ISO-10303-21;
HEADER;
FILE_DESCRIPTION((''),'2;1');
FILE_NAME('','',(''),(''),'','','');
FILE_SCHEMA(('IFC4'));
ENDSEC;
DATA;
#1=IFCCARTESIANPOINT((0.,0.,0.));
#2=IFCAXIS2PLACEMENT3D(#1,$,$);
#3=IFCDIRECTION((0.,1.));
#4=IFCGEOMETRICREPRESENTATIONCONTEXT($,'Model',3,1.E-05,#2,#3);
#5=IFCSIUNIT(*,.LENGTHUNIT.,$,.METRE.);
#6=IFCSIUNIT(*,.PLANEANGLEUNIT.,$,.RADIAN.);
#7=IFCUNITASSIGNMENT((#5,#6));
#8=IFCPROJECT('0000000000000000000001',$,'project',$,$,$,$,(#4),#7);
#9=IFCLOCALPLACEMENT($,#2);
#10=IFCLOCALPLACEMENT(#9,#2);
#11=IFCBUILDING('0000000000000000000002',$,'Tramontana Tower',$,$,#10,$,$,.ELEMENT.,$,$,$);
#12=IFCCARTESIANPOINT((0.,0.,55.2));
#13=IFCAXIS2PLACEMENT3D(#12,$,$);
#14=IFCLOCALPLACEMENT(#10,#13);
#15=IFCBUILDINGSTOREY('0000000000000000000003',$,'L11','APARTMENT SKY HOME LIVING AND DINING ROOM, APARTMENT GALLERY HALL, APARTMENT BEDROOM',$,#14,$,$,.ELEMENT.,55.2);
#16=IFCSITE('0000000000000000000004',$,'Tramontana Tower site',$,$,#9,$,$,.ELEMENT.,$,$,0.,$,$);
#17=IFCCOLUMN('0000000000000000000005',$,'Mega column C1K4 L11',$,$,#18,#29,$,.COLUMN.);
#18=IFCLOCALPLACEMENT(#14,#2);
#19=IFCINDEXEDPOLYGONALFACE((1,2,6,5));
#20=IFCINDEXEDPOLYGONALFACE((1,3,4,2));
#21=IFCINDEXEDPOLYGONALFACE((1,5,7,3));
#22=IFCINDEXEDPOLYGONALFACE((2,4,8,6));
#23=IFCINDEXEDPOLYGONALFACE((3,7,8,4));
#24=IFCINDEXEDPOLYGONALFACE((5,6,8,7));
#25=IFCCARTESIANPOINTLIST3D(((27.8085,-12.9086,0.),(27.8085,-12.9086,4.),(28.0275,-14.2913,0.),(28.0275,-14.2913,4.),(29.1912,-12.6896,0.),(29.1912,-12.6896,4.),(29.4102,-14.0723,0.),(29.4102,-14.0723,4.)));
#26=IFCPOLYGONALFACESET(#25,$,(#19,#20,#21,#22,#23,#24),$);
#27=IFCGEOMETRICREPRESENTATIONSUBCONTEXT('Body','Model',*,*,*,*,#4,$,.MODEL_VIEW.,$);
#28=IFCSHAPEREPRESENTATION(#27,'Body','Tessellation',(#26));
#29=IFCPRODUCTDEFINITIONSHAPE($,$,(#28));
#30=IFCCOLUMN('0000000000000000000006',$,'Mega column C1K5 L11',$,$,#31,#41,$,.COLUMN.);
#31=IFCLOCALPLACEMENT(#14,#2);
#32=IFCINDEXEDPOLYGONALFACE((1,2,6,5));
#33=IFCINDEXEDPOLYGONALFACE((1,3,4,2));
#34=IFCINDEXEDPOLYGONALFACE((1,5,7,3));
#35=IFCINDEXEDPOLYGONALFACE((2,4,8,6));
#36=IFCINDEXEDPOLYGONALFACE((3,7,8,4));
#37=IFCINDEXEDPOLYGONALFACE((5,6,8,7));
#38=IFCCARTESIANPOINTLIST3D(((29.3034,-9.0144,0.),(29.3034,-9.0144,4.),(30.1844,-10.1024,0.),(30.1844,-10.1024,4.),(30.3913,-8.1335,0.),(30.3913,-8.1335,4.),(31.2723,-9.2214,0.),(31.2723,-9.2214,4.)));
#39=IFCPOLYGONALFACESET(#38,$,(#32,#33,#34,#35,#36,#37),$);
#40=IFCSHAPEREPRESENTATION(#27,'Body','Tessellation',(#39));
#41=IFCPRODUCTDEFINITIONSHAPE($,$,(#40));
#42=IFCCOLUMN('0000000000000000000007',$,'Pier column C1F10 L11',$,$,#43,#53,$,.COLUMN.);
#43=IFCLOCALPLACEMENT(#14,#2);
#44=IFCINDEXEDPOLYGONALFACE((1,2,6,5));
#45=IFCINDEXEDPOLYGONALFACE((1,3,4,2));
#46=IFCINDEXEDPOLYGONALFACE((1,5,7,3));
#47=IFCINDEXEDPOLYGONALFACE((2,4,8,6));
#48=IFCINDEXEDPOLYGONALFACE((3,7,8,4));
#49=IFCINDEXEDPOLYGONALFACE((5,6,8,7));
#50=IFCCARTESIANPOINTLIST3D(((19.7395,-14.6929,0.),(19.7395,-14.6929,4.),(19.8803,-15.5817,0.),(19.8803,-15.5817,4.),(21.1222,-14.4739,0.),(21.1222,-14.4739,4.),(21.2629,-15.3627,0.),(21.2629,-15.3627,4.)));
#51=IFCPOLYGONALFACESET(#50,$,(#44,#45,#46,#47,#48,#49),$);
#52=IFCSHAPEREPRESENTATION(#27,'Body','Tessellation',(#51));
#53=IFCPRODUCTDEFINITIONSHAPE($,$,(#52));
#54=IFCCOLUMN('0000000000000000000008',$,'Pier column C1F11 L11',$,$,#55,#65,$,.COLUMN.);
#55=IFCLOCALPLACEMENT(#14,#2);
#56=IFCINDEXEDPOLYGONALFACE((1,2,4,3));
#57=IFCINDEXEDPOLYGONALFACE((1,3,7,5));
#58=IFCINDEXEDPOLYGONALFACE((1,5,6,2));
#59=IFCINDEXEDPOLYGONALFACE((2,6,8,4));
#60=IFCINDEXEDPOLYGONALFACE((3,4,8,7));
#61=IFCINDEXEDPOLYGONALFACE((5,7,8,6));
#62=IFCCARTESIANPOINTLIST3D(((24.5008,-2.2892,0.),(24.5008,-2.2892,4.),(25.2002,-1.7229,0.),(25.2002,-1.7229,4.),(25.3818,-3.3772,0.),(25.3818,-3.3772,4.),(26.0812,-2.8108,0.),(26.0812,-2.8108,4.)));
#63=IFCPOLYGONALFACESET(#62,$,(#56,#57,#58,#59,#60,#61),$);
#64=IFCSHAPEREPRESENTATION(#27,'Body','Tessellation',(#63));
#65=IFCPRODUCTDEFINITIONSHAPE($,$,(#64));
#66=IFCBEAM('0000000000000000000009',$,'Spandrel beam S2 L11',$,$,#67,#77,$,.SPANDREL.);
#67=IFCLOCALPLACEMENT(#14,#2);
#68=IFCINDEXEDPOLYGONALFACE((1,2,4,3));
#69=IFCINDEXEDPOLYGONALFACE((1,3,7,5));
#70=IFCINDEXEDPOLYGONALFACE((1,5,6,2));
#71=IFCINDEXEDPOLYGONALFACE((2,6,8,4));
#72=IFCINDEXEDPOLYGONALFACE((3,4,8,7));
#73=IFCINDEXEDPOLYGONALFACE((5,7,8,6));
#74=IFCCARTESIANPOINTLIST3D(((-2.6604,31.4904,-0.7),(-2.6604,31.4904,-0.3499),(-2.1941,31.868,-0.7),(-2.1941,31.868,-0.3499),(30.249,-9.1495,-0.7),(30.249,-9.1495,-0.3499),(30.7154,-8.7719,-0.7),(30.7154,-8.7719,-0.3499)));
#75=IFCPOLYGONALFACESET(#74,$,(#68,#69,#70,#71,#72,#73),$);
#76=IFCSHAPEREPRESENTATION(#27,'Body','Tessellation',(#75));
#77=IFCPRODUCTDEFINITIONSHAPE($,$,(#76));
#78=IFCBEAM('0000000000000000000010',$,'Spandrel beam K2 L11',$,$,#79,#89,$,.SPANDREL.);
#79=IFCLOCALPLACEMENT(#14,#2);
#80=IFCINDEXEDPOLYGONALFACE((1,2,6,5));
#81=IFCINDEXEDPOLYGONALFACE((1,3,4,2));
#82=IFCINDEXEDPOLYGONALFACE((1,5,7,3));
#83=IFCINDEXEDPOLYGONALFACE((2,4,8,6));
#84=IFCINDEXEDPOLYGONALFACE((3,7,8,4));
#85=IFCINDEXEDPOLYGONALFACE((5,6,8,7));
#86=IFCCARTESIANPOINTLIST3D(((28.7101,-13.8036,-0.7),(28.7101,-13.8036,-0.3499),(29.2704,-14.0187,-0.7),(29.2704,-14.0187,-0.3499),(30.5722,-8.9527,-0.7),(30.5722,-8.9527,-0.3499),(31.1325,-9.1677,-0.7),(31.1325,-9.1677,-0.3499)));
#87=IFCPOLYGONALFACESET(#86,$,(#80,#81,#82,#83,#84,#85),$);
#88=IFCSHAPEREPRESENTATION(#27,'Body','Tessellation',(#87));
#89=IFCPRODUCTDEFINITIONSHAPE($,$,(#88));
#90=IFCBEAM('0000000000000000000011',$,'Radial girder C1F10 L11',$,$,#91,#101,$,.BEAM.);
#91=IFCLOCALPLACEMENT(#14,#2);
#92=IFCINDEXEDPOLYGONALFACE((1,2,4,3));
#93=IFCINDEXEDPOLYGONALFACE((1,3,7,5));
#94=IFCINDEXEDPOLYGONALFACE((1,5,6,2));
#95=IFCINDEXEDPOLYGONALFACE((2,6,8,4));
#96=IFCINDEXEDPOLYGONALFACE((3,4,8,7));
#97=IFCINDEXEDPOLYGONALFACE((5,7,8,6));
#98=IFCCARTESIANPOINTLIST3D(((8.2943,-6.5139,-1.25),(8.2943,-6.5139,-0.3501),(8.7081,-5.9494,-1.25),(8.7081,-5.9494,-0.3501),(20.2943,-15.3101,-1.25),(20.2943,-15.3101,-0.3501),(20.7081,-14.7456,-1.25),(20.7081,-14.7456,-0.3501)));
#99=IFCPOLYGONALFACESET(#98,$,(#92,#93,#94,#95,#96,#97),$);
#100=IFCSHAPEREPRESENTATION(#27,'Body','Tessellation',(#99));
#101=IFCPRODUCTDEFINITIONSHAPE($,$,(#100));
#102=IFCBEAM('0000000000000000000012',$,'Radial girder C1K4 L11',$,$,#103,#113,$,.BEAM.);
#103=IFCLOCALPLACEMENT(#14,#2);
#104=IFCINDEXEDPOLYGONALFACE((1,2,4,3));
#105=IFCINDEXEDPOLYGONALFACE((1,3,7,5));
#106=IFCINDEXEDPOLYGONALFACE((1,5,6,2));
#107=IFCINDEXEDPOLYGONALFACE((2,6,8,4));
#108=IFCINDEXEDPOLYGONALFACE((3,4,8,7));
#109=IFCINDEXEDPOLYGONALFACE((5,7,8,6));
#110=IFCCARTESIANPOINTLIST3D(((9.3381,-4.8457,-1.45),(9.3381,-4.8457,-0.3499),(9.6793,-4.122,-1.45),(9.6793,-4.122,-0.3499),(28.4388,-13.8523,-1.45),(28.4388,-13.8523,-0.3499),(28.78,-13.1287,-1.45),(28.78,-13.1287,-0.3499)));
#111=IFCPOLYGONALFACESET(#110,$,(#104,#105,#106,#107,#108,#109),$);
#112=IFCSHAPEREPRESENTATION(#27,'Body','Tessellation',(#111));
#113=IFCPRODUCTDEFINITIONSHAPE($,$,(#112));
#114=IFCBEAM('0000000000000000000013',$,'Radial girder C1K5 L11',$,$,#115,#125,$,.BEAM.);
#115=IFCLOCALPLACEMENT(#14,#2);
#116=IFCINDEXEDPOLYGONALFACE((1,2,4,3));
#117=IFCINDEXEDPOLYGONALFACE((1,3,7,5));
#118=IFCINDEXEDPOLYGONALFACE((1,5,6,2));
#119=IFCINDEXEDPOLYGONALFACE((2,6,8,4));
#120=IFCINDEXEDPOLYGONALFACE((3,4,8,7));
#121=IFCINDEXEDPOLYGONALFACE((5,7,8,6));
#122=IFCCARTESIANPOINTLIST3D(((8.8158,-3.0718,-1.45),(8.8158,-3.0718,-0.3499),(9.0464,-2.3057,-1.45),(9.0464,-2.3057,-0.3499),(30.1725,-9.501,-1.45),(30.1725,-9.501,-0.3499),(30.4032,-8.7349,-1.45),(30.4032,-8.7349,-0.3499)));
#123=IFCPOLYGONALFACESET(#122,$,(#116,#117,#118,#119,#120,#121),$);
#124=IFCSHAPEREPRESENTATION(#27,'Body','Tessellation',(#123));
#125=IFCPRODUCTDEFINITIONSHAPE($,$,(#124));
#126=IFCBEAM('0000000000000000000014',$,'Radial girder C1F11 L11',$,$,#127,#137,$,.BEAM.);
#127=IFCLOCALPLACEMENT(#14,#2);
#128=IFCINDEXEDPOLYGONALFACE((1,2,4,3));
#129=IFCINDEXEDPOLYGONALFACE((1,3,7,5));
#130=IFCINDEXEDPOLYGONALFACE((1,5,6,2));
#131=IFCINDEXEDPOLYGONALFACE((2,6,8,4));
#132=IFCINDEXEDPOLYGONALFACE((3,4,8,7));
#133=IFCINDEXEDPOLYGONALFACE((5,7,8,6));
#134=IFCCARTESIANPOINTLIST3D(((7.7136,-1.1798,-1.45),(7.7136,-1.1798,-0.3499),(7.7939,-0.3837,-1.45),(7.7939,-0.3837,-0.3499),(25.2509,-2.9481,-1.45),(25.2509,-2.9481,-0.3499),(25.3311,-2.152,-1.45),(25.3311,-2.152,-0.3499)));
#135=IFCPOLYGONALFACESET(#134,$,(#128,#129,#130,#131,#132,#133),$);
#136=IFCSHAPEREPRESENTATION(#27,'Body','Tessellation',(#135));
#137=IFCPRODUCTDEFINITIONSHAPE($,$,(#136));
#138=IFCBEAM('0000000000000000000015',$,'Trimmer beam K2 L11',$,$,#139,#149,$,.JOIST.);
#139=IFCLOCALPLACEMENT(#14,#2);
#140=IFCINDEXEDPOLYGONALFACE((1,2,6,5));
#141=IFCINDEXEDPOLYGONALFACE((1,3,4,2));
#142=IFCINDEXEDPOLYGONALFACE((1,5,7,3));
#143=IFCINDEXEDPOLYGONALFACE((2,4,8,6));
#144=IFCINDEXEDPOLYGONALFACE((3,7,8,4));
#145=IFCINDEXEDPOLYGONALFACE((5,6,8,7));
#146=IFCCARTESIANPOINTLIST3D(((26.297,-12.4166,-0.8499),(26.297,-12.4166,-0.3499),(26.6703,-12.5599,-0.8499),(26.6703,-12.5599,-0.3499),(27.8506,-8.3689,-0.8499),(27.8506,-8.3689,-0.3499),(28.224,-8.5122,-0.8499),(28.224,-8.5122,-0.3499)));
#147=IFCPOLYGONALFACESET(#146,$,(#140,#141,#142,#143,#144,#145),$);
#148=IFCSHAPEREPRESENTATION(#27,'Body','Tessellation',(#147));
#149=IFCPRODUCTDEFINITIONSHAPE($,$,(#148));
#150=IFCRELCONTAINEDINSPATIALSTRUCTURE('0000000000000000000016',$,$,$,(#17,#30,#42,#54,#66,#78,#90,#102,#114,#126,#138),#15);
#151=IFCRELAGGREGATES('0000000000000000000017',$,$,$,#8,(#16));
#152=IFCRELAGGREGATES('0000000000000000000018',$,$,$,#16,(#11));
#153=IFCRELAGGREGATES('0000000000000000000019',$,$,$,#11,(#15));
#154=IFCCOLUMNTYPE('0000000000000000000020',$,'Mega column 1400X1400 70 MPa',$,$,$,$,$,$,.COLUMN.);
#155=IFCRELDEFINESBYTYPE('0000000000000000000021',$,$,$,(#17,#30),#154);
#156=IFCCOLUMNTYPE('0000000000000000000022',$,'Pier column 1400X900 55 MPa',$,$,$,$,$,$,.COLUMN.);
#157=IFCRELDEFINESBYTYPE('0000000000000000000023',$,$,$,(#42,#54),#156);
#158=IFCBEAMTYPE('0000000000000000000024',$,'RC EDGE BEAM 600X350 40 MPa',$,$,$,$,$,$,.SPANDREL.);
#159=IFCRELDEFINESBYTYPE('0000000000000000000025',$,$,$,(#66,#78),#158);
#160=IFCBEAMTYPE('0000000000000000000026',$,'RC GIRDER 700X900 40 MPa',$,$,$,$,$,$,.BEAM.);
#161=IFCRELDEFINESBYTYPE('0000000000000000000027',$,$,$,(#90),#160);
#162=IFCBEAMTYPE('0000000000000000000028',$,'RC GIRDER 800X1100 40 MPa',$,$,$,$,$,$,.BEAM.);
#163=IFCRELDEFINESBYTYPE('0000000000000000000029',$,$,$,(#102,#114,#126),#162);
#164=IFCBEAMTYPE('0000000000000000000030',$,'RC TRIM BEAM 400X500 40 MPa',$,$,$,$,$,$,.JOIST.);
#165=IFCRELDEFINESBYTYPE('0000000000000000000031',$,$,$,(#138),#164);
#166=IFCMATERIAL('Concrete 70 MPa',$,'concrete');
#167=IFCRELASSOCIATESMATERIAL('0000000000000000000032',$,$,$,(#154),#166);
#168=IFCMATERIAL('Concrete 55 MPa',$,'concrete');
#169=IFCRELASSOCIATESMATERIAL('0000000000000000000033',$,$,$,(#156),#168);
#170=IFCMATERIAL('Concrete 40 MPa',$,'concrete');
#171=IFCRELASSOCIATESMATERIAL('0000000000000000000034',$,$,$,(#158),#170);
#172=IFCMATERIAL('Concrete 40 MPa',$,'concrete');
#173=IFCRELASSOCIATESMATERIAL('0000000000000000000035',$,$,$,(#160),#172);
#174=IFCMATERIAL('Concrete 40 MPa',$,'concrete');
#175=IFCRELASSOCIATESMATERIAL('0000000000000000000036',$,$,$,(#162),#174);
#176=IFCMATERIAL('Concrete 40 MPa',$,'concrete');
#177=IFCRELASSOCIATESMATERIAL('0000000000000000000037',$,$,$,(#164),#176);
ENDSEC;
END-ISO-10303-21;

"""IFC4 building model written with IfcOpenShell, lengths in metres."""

from ifc_helpers import new_model, si_unit, direction, frame, origin, origin_2d, place, context, subcontext, project, spatial, rectangle, extrude, material, material_profile, profile_set, type_object, element, save


model = new_model("IFC4")

# Units and contexts
model_context = context("Model", 3, precision=1e-05, world=origin(), true_north=direction((0.0, 1.0)))
body_context = subcontext(model_context, "Body", "Model", "MODEL_VIEW")
ifc_project = project(units=[si_unit("LENGTHUNIT", "METRE"), si_unit("PLANEANGLEUNIT", "RADIAN")], contexts=[model_context])

# Site, building, storey
site_placement = place(None, origin())
site = spatial("IfcSite", under=ifc_project, at=site_placement, Name="Tramontana Tower site", CompositionType="ELEMENT", RefElevation=0.0)
building_placement = place(site_placement, origin())
building = spatial("IfcBuilding", under=site, at=building_placement, Name="Tramontana Tower", CompositionType="ELEMENT")
storey_placement = place(building_placement, frame((0.0, 0.0, 55.2)))
storey = spatial("IfcBuildingStorey", under=building, at=storey_placement, Name="L11", Description="APARTMENT SKY HOME LIVING AND DINING ROOM, APARTMENT GALLERY HALL, APARTMENT BEDROOM", CompositionType="ELEMENT", Elevation=55.2)

# Columns
ifc_material_1 = material(Name="Concrete 70 MPa", Category="concrete")
ifc_material_profile_1 = material_profile(ifc_material_1, rectangle(XDim=1.3999, YDim=1.3999, at=origin_2d()), Name="Mega column 1400X1400 70 MPa")
ifc_profile_set_1 = profile_set([ifc_material_profile_1], Name="Concrete 70 MPa")
column_type_1 = type_object("IfcColumnType", Name="Mega column 1400X1400 70 MPa", PredefinedType="COLUMN", material=ifc_profile_set_1)
for number, where, z_axis, x_axis, name in (
    (1, (28.6094, -13.4905, 0.0), (0.0, 0.0, 1.0), (0.987688, 0.156434, 0.0), "Mega column C1K4 L11"),
    (2, (30.2878, -9.1179, 0.0), (0.0, 0.0, 1.0), (-0.62932, 0.777146, 0.0), "Mega column C1K5 L11"),
):
    element("IfcColumn", number, at=place(storey_placement, frame(where, z_axis=z_axis, x_axis=x_axis)), inside=storey, type_object=column_type_1, Name=name, PredefinedType="COLUMN", context=body_context, shape_type="SweptSolid", body=[
        extrude(rectangle(XDim=1.3999, YDim=1.3999, at=origin_2d()), origin(), (0.0, 0.0, 1.0), 4.0),
    ])
ifc_material_2 = material(Name="Concrete 55 MPa", Category="concrete")
ifc_material_profile_2 = material_profile(ifc_material_2, rectangle(XDim=1.3999, YDim=0.8999, at=origin_2d()), Name="Pier column 1400X900 55 MPa")
ifc_profile_set_2 = profile_set([ifc_material_profile_2], Name="Concrete 55 MPa")
column_type_2 = type_object("IfcColumnType", Name="Pier column 1400X900 55 MPa", PredefinedType="COLUMN", material=ifc_profile_set_2)
for number, where, z_axis, x_axis, name in (
    (3, (20.5012, -15.0278, 0.0), (0.0, 0.0, 1.0), (0.987688, 0.156434, 0.0), "Pier column C1F10 L11"),
    (4, (25.291, -2.55, 0.0), (0.0, 0.0, 1.0), (-0.62932, 0.777146, 0.0), "Pier column C1F11 L11"),
):
    element("IfcColumn", number, at=place(storey_placement, frame(where, z_axis=z_axis, x_axis=x_axis)), inside=storey, type_object=column_type_2, Name=name, PredefinedType="COLUMN", context=body_context, shape_type="SweptSolid", body=[
        extrude(rectangle(XDim=1.3999, YDim=0.8999, at=origin_2d()), origin(), (0.0, 0.0, 1.0), 4.0),
    ])

# Beams
ifc_material_3 = material(Name="Concrete 40 MPa", Category="concrete")
ifc_material_profile_3 = material_profile(ifc_material_3, rectangle(XDim=0.6001, YDim=0.3501, at=origin_2d()), Name="RC EDGE BEAM 600X350 40 MPa")
ifc_profile_set_3 = profile_set([ifc_material_profile_3], Name="Concrete 40 MPa")
beam_type_1 = type_object("IfcBeamType", Name="RC EDGE BEAM 600X350 40 MPa", PredefinedType="SPANDREL", material=ifc_profile_set_3)
beam_1_placement = place(storey_placement, frame((30.4822, -8.9607, -0.5249), z_axis=(-0.629319, 0.777147, 0.0), x_axis=(-0.777147, -0.629319, 0.0)))
element("IfcBeam", 5, at=beam_1_placement, inside=storey, type_object=beam_type_1, Name="Spandrel beam S2 L11", PredefinedType="SPANDREL", context=body_context, shape_type="SweptSolid", body=[
    extrude(rectangle(XDim=0.6001, YDim=0.3501, at=origin_2d()), origin(), (0.0, 0.0, 1.0), 52.2937),
])
beam_2_placement = place(storey_placement, frame((28.9902, -13.9111, -0.5249), z_axis=(0.358368, 0.93358, 0.0), x_axis=(-0.93358, 0.358368, 0.0)))
element("IfcBeam", 6, at=beam_2_placement, inside=storey, type_object=beam_type_1, Name="Spandrel beam K2 L11", PredefinedType="SPANDREL", context=body_context, shape_type="SweptSolid", body=[
    extrude(rectangle(XDim=0.6001, YDim=0.3501, at=origin_2d()), origin(), (0.0, 0.0, 1.0), 5.196),
])
ifc_material_4 = material(Name="Concrete 40 MPa", Category="concrete")
ifc_material_profile_4 = material_profile(ifc_material_4, rectangle(XDim=0.7, YDim=0.8999, at=origin_2d()), Name="RC GIRDER 700X900 40 MPa")
ifc_profile_set_4 = profile_set([ifc_material_profile_4], Name="Concrete 40 MPa")
beam_type_2 = type_object("IfcBeamType", Name="RC GIRDER 700X900 40 MPa", PredefinedType="BEAM", material=ifc_profile_set_4)
beam_3_placement = place(storey_placement, frame((20.5012, -15.0278, -0.8), z_axis=(-0.806529, 0.591195, 0.0), x_axis=(-0.591195, -0.806529, 0.0)))
element("IfcBeam", 7, at=beam_3_placement, inside=storey, type_object=beam_type_2, Name="Radial girder C1F10 L11", PredefinedType="BEAM", context=body_context, shape_type="SweptSolid", body=[
    extrude(rectangle(XDim=0.7, YDim=0.8999, at=origin_2d()), origin(), (0.0, 0.0, 1.0), 14.8787),
])
ifc_material_5 = material(Name="Concrete 40 MPa", Category="concrete")
ifc_material_profile_5 = material_profile(ifc_material_5, rectangle(XDim=0.8, YDim=1.1001, at=origin_2d()), Name="RC GIRDER 800X1100 40 MPa")
ifc_profile_set_5 = profile_set([ifc_material_profile_5], Name="Concrete 40 MPa")
beam_type_3 = type_object("IfcBeamType", Name="RC GIRDER 800X1100 40 MPa", PredefinedType="BEAM", material=ifc_profile_set_5)
beam_4_placement = place(storey_placement, frame((28.6094, -13.4905, -0.8999), z_axis=(-0.904489, 0.426498, 0.0), x_axis=(-0.426498, -0.904489, 0.0)))
element("IfcBeam", 8, at=beam_4_placement, inside=storey, type_object=beam_type_3, Name="Radial girder C1K4 L11", PredefinedType="BEAM", context=body_context, shape_type="SweptSolid", body=[
    extrude(rectangle(XDim=0.8, YDim=1.1001, at=origin_2d()), origin(), (0.0, 0.0, 1.0), 21.1177),
])
beam_5_placement = place(storey_placement, frame((30.2878, -9.1179, -0.8999), z_axis=(-0.957552, 0.288261, 0.0), x_axis=(-0.288261, -0.957552, 0.0)))
element("IfcBeam", 9, at=beam_5_placement, inside=storey, type_object=beam_type_3, Name="Radial girder C1K5 L11", PredefinedType="BEAM", context=body_context, shape_type="SweptSolid", body=[
    extrude(rectangle(XDim=0.8, YDim=1.1001, at=origin_2d()), origin(), (0.0, 0.0, 1.0), 22.3035),
])
beam_6_placement = place(storey_placement, frame((25.291, -2.55, -0.8999), z_axis=(-0.994955, 0.100322, 0.0), x_axis=(-0.100322, -0.994955, 0.0)))
element("IfcBeam", 10, at=beam_6_placement, inside=storey, type_object=beam_type_3, Name="Radial girder C1F11 L11", PredefinedType="BEAM", context=body_context, shape_type="SweptSolid", body=[
    extrude(rectangle(XDim=0.8, YDim=1.1001, at=origin_2d()), origin(), (0.0, 0.0, 1.0), 17.6262),
])
ifc_material_6 = material(Name="Concrete 40 MPa", Category="concrete")
ifc_material_profile_6 = material_profile(ifc_material_6, rectangle(XDim=0.3999, YDim=0.5, at=origin_2d()), Name="RC TRIM BEAM 400X500 40 MPa")
ifc_profile_set_6 = profile_set([ifc_material_profile_6], Name="Concrete 40 MPa")
beam_type_4 = type_object("IfcBeamType", Name="RC TRIM BEAM 400X500 40 MPa", PredefinedType="JOIST", material=ifc_profile_set_6)
beam_7_placement = place(storey_placement, frame((26.4836, -12.4883, -0.5999), z_axis=(0.358345, 0.933589, 0.0), x_axis=(-0.933589, 0.358345, 0.0)))
element("IfcBeam", 11, at=beam_7_placement, inside=storey, type_object=beam_type_4, Name="Trimmer beam K2 L11", PredefinedType="JOIST", context=body_context, shape_type="SweptSolid", body=[
    extrude(rectangle(XDim=0.3999, YDim=0.5, at=origin_2d()), origin(), (0.0, 0.0, 1.0), 4.3357),
])

save(model, "model.ifc")
